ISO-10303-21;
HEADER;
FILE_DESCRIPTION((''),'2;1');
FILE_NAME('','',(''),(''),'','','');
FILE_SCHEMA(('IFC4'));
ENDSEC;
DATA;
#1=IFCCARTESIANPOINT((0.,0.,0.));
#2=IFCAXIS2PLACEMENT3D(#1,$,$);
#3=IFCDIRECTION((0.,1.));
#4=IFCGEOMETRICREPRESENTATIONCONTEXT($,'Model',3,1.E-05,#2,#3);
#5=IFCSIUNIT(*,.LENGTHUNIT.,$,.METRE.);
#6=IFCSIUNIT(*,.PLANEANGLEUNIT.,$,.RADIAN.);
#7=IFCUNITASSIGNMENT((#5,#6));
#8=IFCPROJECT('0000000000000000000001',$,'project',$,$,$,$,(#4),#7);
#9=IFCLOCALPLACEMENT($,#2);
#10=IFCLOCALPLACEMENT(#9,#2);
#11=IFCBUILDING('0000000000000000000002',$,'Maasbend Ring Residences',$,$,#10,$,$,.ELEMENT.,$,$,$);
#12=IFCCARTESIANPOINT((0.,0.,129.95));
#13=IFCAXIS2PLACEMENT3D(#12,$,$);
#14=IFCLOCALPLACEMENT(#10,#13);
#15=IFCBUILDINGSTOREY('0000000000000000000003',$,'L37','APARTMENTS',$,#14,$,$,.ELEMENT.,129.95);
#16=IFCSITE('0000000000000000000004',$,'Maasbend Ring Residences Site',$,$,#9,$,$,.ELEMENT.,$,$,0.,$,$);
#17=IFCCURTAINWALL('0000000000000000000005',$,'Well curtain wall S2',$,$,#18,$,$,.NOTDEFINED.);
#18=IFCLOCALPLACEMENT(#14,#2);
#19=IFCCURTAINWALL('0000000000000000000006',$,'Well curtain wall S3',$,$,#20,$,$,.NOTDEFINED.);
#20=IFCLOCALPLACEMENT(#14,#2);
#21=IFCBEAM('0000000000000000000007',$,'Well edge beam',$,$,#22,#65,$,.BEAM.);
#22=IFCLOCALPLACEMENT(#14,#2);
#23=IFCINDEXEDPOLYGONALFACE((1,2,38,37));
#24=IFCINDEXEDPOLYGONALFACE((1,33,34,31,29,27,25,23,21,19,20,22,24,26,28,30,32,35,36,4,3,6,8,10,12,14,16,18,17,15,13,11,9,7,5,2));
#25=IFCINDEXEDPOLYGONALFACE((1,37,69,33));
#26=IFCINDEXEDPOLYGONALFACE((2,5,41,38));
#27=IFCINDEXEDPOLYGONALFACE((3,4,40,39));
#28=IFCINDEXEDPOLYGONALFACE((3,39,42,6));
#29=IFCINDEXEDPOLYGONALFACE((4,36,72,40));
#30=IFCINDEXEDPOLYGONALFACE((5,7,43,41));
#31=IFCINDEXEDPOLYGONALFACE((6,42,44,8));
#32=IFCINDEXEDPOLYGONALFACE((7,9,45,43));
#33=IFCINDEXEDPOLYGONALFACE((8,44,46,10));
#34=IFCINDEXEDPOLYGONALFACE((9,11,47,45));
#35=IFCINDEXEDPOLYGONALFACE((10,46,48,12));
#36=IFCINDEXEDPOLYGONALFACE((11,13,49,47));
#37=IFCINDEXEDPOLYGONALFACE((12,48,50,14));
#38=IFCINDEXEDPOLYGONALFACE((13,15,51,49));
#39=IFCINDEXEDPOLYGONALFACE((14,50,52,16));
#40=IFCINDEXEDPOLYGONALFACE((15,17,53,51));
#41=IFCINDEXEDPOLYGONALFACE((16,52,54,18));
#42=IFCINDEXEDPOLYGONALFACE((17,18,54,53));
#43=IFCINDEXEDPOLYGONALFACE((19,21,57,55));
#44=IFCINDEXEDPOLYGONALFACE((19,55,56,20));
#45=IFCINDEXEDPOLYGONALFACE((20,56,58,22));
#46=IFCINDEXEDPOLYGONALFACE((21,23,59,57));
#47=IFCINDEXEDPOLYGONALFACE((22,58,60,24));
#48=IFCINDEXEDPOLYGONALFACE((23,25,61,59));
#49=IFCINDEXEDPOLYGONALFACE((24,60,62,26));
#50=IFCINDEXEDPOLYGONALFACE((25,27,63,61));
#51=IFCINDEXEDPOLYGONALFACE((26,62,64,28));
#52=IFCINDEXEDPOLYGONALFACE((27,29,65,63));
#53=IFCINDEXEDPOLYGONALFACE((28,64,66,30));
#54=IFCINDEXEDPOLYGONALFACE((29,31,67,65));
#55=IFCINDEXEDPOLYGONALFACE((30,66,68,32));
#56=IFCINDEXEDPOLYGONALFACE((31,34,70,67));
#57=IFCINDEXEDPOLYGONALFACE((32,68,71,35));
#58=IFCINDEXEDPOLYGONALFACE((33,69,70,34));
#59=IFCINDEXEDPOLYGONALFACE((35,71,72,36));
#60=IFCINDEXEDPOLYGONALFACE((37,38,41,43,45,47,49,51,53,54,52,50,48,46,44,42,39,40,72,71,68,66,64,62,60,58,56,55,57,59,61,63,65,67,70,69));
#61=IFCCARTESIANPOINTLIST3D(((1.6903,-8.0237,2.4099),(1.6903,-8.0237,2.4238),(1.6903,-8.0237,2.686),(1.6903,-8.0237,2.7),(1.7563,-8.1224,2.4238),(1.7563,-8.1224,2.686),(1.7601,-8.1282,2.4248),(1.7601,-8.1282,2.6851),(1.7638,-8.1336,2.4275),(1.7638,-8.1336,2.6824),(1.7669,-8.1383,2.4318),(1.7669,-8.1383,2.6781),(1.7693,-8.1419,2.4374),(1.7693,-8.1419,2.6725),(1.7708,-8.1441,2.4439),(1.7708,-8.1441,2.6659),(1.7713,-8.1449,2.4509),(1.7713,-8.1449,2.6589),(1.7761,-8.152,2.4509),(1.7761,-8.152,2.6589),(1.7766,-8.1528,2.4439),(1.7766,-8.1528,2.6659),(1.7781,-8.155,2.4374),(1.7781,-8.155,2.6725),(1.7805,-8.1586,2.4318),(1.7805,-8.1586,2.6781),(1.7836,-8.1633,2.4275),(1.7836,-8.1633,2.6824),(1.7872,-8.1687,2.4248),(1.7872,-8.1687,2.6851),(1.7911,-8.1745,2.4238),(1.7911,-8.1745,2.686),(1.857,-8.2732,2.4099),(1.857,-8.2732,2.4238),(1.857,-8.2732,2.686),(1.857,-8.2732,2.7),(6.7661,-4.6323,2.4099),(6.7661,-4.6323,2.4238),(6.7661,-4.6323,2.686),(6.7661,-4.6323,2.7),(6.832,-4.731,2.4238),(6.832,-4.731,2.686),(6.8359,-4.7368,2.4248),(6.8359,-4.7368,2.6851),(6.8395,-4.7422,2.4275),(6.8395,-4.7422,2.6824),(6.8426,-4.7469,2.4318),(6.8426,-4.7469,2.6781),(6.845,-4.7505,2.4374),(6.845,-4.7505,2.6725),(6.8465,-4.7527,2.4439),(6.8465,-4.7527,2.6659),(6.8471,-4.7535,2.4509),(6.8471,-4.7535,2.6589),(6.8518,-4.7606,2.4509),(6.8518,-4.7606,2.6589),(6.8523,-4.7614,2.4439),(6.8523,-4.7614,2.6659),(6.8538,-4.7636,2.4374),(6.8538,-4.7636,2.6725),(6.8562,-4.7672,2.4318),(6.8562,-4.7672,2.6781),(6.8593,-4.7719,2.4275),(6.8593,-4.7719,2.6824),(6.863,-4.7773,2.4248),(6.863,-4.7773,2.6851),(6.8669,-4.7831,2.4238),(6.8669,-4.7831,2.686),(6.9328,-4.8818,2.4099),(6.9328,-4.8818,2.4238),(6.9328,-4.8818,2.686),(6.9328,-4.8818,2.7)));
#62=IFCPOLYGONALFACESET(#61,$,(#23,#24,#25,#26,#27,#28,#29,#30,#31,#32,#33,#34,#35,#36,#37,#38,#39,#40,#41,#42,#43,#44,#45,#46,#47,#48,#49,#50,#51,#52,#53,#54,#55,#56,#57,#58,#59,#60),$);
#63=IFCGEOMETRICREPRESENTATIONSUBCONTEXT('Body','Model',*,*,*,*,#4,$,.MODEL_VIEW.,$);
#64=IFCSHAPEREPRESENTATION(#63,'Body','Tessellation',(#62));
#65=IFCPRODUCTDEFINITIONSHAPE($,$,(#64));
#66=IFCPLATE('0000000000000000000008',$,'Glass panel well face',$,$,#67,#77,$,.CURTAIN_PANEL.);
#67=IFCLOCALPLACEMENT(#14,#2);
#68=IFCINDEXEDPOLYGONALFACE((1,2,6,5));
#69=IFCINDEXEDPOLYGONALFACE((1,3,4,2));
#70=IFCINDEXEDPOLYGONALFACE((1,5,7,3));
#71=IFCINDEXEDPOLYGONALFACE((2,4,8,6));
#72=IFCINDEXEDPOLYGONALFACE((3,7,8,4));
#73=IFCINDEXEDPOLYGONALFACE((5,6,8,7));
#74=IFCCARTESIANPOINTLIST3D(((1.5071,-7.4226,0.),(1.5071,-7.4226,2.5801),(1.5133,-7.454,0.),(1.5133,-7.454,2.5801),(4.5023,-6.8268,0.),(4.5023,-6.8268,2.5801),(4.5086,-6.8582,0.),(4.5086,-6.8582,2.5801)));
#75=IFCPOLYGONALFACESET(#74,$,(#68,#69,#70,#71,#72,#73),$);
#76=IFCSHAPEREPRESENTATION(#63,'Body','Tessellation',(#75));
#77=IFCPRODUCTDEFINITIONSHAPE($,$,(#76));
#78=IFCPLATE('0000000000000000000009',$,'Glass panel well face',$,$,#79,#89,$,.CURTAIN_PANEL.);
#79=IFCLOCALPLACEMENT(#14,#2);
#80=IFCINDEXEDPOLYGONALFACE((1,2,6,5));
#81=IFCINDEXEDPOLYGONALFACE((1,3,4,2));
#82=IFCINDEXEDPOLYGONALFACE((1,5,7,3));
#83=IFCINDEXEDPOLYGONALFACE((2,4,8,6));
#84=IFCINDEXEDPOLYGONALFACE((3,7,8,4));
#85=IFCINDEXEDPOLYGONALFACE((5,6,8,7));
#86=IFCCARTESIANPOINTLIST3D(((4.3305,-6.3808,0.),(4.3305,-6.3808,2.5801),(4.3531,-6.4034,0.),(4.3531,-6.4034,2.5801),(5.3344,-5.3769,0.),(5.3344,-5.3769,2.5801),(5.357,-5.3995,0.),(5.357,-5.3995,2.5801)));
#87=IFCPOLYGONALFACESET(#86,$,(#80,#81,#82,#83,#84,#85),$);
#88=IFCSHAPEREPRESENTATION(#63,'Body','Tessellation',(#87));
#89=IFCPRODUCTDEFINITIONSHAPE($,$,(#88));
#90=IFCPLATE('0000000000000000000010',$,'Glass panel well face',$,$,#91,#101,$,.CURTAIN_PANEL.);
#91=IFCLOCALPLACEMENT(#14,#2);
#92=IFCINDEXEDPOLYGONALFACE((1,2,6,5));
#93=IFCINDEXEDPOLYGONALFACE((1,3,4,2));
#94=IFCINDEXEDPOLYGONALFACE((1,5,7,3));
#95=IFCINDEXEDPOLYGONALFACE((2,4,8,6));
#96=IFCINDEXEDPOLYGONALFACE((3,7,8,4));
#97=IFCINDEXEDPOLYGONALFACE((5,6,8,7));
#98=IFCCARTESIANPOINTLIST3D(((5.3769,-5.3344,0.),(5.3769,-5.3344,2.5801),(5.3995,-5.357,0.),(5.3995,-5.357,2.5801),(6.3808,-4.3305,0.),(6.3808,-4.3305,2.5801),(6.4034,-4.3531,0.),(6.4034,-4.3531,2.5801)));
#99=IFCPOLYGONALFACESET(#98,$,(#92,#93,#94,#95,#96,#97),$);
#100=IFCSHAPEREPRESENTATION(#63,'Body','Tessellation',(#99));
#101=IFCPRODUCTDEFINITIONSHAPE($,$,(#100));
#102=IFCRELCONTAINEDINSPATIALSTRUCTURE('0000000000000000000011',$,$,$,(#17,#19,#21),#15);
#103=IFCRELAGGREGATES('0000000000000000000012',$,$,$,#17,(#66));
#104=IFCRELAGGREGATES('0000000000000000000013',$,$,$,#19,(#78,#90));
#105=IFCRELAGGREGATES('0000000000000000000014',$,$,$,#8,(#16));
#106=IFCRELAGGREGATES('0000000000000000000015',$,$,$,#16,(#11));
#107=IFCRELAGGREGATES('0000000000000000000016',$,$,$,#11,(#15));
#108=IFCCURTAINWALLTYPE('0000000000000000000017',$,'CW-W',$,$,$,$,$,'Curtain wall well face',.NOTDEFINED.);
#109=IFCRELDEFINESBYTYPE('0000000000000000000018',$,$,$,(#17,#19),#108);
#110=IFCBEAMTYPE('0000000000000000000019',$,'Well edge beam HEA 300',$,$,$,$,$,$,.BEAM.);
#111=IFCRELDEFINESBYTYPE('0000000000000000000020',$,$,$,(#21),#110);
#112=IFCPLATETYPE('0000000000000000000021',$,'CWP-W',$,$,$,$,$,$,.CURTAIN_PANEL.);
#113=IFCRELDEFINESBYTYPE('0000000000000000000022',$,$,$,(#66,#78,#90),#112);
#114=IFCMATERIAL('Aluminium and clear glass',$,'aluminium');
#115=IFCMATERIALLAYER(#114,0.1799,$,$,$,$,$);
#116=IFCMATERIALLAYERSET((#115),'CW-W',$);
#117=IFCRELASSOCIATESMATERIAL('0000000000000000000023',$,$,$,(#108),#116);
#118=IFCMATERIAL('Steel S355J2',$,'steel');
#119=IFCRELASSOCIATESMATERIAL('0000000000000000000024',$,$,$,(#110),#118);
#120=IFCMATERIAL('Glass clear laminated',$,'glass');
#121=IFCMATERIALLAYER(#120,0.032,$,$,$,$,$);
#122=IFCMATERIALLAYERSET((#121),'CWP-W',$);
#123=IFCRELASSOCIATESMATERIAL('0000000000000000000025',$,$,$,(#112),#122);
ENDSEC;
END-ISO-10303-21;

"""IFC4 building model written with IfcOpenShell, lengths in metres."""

from ifc_helpers import new_model, si_unit, direction, frame, origin, origin_2d, place, context, subcontext, project, spatial, rectangle, i_section, extrude, material, layer, layer_set, material_profile, profile_set, type_object, element, aggregate, save


model = new_model("IFC4")

# Units and contexts
model_context = context("Model", 3, precision=1e-05, world=origin(), true_north=direction((0.0, 1.0)))
body_context = subcontext(model_context, "Body", "Model", "MODEL_VIEW")
ifc_project = project(units=[si_unit("LENGTHUNIT", "METRE"), si_unit("PLANEANGLEUNIT", "RADIAN")], contexts=[model_context])

# Site, building, storey
site_placement = place(None, origin())
site = spatial("IfcSite", under=ifc_project, at=site_placement, Name="Maasbend Ring Residences Site", CompositionType="ELEMENT", RefElevation=0.0)
building_placement = place(site_placement, origin())
building = spatial("IfcBuilding", under=site, at=building_placement, Name="Maasbend Ring Residences", CompositionType="ELEMENT")
storey_placement = place(building_placement, frame((0.0, 0.0, 129.95)))
storey = spatial("IfcBuildingStorey", under=building, at=storey_placement, Name="L37", Description="APARTMENTS", CompositionType="ELEMENT", Elevation=129.95)

# Curtain walls
ifc_material_1 = material(Name="Aluminium and clear glass", Category="aluminium")
ifc_layer_1 = layer(ifc_material_1, 0.1799)
ifc_layer_set_1 = layer_set([ifc_layer_1], Name="CW-W")
curtain_wall_type = type_object("IfcCurtainWallType", Name="CW-W", ElementType="Curtain wall well face", PredefinedType="NOTDEFINED", material=ifc_layer_set_1)
curtain_wall_1_placement = place(storey_placement, origin())
curtain_wall_1 = element("IfcCurtainWall", 1, at=curtain_wall_1_placement, inside=storey, type_object=curtain_wall_type, Name="Well curtain wall S2", PredefinedType="NOTDEFINED")
curtain_wall_2_placement = place(storey_placement, origin())
curtain_wall_2 = element("IfcCurtainWall", 2, at=curtain_wall_2_placement, inside=storey, type_object=curtain_wall_type, Name="Well curtain wall S3", PredefinedType="NOTDEFINED")

# Beam
ifc_material_2 = material(Name="Steel S355J2", Category="steel")
ifc_material_profile_1 = material_profile(ifc_material_2, i_section(OverallWidth=0.3, OverallDepth=0.29, WebThickness=0.0085, FlangeThickness=0.0139, FilletRadius=0.0271, at=origin_2d()), Name="HEA 300")
ifc_profile_set_1 = profile_set([ifc_material_profile_1], Name="Steel S355J2")
beam_type = type_object("IfcBeamType", Name="Well edge beam HEA 300", PredefinedType="BEAM", material=ifc_profile_set_1)
beam_placement = place(storey_placement, frame((1.7737, -8.1484, 2.5549), z_axis=(0.831478, 0.555558, 0.0), x_axis=(-0.555558, 0.831478, 0.0)))
element("IfcBeam", 3, at=beam_placement, inside=storey, type_object=beam_type, Name="Well edge beam", PredefinedType="BEAM", context=body_context, shape_type="SweptSolid", body=[
    extrude(i_section(OverallWidth=0.3, OverallDepth=0.29, WebThickness=0.0085, FlangeThickness=0.0139, FilletRadius=0.0271, at=origin_2d()), origin(), (0.0, 0.0, 1.0), 6.1045),
])

# Plates
ifc_material_3 = material(Name="Glass clear laminated", Category="glass")
ifc_layer_2 = layer(ifc_material_3, 0.032)
ifc_layer_set_2 = layer_set([ifc_layer_2], Name="CWP-W")
plate_type = type_object("IfcPlateType", Name="CWP-W", PredefinedType="CURTAIN_PANEL", material=ifc_layer_set_2)
plate_1_placement = place(storey_placement, frame((3.0078, -7.1404, 0.0), z_axis=(0.0, 0.0, 1.0), x_axis=(0.980785, 0.19509, 0.0)))
plate_1 = element("IfcPlate", 4, at=plate_1_placement, type_object=plate_type, Name="Glass panel well face", PredefinedType="CURTAIN_PANEL", context=body_context, shape_type="SweptSolid", body=[
    extrude(rectangle(XDim=3.054, YDim=0.032, at=origin_2d()), origin(), (0.0, 0.0, 1.0), 2.5801),
])
aggregate(curtain_wall_1, [plate_1])
plate_2_placement = place(storey_placement, frame((4.8438, -5.8901, 0.0), z_axis=(0.0, 0.0, 1.0), x_axis=(0.707107, 0.707107, 0.0)))
plate_2 = element("IfcPlate", 5, at=plate_2_placement, type_object=plate_type, Name="Glass panel well face", PredefinedType="CURTAIN_PANEL", context=body_context, shape_type="SweptSolid", body=[
    extrude(rectangle(XDim=1.4197, YDim=0.032, at=origin_2d()), origin(), (0.0, 0.0, 1.0), 2.5801),
])
plate_3_placement = place(storey_placement, frame((5.8901, -4.8438, 0.0), z_axis=(0.0, 0.0, 1.0), x_axis=(0.707107, 0.707107, 0.0)))
plate_3 = element("IfcPlate", 6, at=plate_3_placement, type_object=plate_type, Name="Glass panel well face", PredefinedType="CURTAIN_PANEL", context=body_context, shape_type="SweptSolid", body=[
    extrude(rectangle(XDim=1.4197, YDim=0.032, at=origin_2d()), origin(), (0.0, 0.0, 1.0), 2.5801),
])
aggregate(curtain_wall_2, [plate_2, plate_3])

save(model, "model.ifc")
